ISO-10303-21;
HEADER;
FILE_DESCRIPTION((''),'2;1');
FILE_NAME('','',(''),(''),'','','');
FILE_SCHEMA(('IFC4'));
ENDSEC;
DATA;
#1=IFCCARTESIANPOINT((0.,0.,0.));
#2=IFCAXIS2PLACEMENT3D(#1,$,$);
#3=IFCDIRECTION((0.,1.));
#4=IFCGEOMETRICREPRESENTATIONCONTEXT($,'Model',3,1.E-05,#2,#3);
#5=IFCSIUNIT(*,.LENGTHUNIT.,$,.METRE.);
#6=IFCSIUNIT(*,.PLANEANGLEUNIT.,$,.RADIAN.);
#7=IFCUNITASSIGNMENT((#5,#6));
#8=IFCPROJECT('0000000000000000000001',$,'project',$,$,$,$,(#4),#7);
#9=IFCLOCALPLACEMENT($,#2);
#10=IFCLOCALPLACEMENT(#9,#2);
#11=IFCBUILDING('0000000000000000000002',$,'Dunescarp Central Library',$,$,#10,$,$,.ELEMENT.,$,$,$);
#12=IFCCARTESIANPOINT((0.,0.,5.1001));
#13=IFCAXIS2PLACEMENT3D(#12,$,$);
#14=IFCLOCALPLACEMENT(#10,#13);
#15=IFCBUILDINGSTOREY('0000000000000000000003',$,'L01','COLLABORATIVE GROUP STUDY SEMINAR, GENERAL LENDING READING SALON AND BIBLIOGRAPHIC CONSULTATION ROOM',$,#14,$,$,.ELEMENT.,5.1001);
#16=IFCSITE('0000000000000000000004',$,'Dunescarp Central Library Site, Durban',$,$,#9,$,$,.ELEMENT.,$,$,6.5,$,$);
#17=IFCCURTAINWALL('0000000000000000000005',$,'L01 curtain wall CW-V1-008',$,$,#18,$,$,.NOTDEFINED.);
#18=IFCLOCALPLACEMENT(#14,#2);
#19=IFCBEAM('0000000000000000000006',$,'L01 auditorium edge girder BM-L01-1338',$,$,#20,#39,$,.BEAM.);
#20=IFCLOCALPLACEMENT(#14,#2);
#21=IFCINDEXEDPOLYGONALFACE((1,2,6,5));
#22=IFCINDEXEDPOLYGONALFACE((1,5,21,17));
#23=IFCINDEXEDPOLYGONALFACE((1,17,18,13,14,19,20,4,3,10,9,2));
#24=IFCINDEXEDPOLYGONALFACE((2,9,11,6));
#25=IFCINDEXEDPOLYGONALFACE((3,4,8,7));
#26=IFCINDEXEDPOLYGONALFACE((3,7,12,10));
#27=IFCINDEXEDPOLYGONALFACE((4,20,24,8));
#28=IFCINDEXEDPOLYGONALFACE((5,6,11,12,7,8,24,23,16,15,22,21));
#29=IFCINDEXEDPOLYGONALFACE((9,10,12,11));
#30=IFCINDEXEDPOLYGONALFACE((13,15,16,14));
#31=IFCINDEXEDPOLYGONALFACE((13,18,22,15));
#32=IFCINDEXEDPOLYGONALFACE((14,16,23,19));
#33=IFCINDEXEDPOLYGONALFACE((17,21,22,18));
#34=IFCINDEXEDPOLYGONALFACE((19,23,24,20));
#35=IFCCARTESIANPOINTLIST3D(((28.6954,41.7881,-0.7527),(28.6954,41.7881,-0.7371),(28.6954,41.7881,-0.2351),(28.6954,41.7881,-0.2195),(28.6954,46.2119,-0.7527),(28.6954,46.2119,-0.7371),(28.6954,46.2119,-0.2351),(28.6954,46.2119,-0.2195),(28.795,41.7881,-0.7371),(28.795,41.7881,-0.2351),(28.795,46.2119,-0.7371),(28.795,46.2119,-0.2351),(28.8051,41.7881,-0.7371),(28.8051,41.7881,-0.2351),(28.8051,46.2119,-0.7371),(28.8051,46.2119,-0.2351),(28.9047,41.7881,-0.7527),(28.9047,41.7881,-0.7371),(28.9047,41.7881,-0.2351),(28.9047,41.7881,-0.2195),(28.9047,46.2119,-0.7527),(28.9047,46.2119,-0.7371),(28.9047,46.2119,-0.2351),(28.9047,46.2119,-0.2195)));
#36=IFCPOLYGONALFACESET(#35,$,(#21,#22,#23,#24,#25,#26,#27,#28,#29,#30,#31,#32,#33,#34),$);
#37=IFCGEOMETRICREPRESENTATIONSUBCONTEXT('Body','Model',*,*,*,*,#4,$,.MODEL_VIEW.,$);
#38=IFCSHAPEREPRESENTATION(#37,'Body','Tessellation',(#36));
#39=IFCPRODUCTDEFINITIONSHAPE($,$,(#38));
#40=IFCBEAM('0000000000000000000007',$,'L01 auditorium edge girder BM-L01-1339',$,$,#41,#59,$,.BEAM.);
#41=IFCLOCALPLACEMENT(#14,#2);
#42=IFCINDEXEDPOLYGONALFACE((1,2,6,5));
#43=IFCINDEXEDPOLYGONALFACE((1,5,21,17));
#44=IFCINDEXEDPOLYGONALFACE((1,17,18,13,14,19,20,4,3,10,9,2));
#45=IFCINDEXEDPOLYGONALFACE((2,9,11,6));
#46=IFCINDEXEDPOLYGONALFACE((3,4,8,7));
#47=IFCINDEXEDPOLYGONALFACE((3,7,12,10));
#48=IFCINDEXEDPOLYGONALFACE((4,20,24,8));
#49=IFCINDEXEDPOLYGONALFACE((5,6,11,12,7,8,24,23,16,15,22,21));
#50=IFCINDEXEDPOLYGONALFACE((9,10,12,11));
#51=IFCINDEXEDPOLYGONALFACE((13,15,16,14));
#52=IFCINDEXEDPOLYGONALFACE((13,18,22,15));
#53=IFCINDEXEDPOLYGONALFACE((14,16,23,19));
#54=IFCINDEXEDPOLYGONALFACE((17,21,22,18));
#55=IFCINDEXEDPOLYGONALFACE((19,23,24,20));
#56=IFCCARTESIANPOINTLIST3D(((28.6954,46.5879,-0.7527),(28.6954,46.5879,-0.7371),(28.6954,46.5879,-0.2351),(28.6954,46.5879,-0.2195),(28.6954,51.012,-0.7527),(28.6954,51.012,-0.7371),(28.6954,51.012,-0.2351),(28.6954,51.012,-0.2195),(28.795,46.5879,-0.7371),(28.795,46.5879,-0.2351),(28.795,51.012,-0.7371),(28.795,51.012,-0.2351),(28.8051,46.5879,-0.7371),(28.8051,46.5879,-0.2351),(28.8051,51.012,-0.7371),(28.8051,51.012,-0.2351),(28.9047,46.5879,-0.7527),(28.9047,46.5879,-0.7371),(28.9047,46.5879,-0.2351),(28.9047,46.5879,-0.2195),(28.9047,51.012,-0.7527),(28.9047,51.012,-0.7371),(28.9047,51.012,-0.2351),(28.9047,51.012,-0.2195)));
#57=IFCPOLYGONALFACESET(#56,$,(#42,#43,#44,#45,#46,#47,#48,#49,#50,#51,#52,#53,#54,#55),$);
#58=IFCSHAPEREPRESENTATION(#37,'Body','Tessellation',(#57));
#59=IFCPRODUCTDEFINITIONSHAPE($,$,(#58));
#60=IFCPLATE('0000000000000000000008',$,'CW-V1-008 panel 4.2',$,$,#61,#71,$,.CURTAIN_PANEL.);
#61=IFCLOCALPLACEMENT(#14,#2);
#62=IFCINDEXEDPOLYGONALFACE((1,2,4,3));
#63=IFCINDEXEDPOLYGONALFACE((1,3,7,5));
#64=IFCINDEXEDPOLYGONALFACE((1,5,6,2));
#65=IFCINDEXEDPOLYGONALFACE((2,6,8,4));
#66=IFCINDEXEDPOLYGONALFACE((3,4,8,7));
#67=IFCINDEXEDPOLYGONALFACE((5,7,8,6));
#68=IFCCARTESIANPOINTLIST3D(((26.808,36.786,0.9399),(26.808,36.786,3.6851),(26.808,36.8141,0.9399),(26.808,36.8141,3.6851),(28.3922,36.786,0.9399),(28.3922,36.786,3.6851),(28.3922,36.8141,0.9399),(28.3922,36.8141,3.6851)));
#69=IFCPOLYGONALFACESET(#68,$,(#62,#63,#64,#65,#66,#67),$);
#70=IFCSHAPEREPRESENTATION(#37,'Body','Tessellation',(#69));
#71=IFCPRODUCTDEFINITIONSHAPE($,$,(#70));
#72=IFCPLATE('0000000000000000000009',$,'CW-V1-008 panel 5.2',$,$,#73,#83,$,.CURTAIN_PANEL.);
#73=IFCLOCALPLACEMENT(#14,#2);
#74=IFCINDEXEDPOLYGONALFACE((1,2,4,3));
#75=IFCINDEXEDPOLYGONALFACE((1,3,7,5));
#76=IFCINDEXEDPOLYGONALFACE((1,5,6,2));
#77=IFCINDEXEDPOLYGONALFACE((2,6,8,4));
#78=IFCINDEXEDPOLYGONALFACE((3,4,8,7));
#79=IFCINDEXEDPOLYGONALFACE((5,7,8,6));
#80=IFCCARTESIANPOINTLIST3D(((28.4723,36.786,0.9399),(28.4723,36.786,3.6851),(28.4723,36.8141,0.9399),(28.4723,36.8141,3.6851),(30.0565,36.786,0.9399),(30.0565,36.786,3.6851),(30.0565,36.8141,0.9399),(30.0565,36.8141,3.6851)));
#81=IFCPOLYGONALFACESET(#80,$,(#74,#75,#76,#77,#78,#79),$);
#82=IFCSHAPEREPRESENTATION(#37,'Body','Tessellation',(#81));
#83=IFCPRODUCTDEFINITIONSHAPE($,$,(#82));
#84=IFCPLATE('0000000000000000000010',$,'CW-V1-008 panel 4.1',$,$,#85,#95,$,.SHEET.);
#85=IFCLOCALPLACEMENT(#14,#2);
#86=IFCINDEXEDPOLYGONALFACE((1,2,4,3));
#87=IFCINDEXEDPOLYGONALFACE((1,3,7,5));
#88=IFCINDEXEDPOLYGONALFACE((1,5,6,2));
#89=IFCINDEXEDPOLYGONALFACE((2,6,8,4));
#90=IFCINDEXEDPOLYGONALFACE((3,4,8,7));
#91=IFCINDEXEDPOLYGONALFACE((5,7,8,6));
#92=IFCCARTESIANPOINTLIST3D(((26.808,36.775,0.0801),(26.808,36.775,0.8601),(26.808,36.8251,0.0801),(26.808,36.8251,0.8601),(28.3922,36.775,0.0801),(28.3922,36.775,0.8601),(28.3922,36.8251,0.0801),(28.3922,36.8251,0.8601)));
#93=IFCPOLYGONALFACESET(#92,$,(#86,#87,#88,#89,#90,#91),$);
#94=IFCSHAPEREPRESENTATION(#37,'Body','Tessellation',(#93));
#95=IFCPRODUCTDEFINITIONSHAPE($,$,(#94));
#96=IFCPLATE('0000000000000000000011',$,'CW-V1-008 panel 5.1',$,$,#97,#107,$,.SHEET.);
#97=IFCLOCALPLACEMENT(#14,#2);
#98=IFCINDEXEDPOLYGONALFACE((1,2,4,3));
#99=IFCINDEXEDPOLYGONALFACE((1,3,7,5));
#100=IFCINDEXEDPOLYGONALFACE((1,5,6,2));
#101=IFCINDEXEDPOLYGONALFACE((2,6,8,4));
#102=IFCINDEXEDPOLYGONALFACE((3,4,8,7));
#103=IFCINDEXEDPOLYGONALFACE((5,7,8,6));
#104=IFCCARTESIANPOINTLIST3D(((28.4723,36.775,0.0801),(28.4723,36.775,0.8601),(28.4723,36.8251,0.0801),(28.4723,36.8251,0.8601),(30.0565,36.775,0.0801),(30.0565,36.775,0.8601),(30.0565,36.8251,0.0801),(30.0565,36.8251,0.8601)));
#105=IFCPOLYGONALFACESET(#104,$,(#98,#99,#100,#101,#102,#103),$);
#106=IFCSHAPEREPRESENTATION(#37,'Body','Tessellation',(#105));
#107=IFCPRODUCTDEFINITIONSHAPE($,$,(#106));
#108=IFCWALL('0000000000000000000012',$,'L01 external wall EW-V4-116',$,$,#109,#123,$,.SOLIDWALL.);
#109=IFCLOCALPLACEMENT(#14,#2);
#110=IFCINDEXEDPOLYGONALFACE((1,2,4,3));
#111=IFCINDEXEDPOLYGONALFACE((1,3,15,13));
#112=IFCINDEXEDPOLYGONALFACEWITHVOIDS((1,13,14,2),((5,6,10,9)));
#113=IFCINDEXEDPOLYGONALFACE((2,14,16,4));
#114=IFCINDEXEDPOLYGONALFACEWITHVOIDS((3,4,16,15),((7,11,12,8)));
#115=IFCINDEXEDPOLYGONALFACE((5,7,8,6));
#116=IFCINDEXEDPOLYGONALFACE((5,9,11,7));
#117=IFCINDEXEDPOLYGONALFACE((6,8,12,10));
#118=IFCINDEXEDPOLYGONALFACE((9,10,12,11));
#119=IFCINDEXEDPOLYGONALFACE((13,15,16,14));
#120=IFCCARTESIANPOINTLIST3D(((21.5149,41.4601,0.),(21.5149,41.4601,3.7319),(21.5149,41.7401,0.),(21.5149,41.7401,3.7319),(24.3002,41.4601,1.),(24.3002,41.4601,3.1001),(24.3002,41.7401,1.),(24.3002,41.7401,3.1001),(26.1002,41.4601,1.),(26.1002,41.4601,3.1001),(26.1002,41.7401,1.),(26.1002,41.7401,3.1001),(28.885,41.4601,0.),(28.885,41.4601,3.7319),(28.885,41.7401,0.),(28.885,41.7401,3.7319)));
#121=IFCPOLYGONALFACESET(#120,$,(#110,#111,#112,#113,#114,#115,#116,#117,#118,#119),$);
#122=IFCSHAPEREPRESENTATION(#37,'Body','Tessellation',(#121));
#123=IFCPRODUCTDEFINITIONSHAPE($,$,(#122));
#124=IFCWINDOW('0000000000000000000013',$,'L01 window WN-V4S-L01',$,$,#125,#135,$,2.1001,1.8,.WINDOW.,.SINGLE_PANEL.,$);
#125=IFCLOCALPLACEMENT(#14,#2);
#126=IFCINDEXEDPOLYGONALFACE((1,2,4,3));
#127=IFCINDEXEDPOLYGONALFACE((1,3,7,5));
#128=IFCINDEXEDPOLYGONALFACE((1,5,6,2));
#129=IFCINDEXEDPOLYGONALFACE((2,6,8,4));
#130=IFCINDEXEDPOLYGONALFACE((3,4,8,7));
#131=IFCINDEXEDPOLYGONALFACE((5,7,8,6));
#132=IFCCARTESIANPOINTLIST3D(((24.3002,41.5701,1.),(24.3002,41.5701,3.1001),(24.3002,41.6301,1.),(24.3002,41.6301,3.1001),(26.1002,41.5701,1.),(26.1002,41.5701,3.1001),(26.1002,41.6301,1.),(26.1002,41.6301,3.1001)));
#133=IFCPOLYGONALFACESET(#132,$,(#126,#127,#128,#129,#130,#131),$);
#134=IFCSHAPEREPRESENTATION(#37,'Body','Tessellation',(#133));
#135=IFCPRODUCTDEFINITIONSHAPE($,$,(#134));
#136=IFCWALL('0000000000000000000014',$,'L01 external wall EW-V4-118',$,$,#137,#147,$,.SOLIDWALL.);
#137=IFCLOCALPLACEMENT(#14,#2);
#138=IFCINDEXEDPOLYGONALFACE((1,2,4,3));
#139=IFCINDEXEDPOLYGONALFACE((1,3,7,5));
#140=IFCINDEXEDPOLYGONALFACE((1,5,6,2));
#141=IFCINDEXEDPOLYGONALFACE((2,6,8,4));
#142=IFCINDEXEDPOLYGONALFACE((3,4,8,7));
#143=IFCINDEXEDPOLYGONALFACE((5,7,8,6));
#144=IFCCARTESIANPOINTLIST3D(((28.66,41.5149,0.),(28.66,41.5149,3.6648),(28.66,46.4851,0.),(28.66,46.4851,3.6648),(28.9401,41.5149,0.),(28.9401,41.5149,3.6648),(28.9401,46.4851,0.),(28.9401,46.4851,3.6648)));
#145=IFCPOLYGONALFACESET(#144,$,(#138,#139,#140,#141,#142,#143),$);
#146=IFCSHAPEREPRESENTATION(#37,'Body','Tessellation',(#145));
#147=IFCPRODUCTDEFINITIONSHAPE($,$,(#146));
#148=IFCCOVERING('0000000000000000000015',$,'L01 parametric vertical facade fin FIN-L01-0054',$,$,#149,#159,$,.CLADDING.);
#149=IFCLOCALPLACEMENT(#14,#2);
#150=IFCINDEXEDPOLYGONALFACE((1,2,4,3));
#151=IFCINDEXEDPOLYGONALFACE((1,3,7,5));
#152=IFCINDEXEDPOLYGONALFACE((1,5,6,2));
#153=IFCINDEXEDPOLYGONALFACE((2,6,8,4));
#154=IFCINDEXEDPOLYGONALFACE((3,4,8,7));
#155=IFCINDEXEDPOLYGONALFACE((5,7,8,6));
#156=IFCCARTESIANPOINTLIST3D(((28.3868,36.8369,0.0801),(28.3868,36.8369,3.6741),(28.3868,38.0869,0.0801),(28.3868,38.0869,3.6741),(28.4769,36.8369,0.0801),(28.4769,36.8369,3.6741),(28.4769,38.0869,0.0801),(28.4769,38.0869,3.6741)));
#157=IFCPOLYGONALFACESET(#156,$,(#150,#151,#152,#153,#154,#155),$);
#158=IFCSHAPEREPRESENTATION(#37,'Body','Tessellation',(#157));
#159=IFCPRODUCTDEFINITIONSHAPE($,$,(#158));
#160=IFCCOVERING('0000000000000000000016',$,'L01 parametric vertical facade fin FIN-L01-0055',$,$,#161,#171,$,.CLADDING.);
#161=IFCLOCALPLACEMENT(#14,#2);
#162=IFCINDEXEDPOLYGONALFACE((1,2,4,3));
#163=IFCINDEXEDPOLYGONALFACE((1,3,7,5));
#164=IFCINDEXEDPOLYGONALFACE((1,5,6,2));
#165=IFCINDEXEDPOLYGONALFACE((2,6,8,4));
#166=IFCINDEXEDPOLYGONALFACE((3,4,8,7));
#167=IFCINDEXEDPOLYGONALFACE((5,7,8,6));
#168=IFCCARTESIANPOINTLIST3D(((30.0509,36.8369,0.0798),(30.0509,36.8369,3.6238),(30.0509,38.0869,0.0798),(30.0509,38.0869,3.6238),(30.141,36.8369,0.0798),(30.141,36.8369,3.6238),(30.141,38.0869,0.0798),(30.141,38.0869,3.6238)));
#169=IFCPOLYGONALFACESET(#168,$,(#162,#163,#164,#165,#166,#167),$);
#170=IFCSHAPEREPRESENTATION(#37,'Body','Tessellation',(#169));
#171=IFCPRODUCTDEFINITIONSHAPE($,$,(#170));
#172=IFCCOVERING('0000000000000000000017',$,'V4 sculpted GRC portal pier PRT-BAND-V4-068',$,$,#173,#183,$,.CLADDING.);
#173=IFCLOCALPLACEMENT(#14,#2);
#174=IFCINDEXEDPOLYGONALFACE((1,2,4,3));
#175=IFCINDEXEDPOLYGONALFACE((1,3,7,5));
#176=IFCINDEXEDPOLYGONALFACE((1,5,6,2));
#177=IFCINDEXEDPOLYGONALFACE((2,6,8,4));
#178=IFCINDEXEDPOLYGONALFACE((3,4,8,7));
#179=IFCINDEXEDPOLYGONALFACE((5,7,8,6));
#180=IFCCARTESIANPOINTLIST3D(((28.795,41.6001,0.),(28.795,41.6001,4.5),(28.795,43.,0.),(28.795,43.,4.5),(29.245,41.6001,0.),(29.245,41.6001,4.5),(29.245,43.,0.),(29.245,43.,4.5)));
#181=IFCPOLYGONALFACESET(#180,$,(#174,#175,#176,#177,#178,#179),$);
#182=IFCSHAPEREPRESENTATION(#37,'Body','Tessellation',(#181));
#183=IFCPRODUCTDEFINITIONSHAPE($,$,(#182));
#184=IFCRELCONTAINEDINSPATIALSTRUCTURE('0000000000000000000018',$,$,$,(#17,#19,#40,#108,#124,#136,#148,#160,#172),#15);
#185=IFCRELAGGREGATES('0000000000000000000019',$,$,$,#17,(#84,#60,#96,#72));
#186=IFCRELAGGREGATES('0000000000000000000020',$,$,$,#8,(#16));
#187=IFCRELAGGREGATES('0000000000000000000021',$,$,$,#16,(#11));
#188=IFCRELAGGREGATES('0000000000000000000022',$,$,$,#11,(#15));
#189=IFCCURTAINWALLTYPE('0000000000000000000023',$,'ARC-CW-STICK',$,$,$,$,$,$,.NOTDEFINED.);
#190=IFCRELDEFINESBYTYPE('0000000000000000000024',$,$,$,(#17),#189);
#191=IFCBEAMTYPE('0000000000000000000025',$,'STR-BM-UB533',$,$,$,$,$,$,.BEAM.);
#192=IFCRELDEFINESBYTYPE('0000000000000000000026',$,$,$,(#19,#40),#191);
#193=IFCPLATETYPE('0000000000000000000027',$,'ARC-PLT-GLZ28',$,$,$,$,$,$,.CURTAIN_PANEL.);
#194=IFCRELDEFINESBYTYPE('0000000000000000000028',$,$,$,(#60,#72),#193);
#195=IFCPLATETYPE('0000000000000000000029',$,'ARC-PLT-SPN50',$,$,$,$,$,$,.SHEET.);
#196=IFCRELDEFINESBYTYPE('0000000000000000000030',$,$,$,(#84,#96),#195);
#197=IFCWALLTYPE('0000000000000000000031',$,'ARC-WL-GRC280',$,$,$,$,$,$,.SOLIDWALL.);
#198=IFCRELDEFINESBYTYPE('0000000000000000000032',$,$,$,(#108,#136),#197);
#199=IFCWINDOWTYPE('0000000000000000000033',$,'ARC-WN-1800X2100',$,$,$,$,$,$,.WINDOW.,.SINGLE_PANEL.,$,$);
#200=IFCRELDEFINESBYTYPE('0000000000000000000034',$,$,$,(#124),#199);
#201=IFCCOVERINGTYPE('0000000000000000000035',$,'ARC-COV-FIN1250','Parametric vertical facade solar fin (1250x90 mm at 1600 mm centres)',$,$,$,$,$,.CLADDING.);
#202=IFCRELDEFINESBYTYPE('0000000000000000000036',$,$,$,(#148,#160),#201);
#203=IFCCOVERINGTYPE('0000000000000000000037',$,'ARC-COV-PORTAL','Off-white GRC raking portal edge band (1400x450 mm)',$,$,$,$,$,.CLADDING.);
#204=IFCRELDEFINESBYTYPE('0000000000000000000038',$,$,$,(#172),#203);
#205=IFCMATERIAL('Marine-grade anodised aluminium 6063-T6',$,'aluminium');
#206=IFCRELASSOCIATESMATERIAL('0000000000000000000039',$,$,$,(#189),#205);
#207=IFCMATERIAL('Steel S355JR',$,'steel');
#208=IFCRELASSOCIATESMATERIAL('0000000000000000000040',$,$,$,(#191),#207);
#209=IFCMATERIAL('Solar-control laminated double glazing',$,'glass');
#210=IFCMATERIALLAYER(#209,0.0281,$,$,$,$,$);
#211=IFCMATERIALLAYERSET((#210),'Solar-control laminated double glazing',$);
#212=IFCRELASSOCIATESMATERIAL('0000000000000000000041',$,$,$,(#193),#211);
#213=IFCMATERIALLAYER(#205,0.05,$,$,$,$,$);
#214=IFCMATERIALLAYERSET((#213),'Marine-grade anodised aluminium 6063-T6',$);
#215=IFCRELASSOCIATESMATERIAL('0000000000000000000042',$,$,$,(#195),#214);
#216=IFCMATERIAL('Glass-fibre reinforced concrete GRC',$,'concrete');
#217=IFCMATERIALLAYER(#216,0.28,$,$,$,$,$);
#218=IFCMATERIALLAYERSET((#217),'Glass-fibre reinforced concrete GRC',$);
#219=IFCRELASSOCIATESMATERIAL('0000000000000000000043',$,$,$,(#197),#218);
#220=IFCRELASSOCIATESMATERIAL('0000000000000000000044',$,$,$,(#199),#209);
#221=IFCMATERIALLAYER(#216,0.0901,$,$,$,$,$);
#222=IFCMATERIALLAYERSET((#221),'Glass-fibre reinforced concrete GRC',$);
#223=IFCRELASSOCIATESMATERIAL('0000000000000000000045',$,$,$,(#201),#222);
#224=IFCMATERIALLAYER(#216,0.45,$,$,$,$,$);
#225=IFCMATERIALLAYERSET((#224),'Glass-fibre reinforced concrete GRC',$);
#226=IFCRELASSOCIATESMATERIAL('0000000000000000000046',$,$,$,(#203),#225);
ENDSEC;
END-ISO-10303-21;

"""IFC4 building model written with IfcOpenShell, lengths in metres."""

from ifc_helpers import new_model, si_unit, direction, frame, frame_2d, origin, origin_2d, place, context, subcontext, project, spatial, rectangle, i_section, extrude, material, layer, layer_set, material_profile, profile_set, type_object, element, fill, aggregate, save


model = new_model("IFC4")

# Units and contexts
model_context = context("Model", 3, precision=1e-05, world=origin(), true_north=direction((0.0, 1.0)))
body_context = subcontext(model_context, "Body", "Model", "MODEL_VIEW")
ifc_project = project(units=[si_unit("LENGTHUNIT", "METRE"), si_unit("PLANEANGLEUNIT", "RADIAN")], contexts=[model_context])

# Site, building, storey
site_placement = place(None, origin())
site = spatial("IfcSite", under=ifc_project, at=site_placement, Name="Dunescarp Central Library Site, Durban", CompositionType="ELEMENT", RefElevation=6.5)
building_placement = place(site_placement, origin())
building = spatial("IfcBuilding", under=site, at=building_placement, Name="Dunescarp Central Library", CompositionType="ELEMENT")
storey_placement = place(building_placement, frame((0.0, 0.0, 5.1001)))
storey = spatial("IfcBuildingStorey", under=building, at=storey_placement, Name="L01", Description="COLLABORATIVE GROUP STUDY SEMINAR, GENERAL LENDING READING SALON AND BIBLIOGRAPHIC CONSULTATION ROOM", CompositionType="ELEMENT", Elevation=5.1001)

# Shared definitions
ifc_material_1 = material(Name="Steel S355JR", Category="steel")

# Curtain wall
ifc_material_2 = material(Name="Marine-grade anodised aluminium 6063-T6", Category="aluminium")
curtain_wall_type = type_object("IfcCurtainWallType", Name="ARC-CW-STICK", PredefinedType="NOTDEFINED", material=ifc_material_2)
curtain_wall_placement = place(storey_placement, origin())
curtain_wall = element("IfcCurtainWall", 1, at=curtain_wall_placement, inside=storey, type_object=curtain_wall_type, Name="L01 curtain wall CW-V1-008", PredefinedType="NOTDEFINED")

# Beams
ifc_material_profile_1 = material_profile(ifc_material_1, i_section(OverallWidth=0.2092, OverallDepth=0.5332, WebThickness=0.01, FlangeThickness=0.0156, at=origin_2d()), Name="UB 533x210x92")
ifc_profile_set_1 = profile_set([ifc_material_profile_1], Name="Steel S355JR")
beam_type = type_object("IfcBeamType", Name="STR-BM-UB533", PredefinedType="BEAM", material=ifc_profile_set_1)
beam_1_placement = place(storey_placement, frame((28.8, 41.7881, -0.4861), z_axis=(0.0, 1.0, 0.0), x_axis=(-1.0, 0.0, 0.0)))
element("IfcBeam", 2, at=beam_1_placement, inside=storey, type_object=beam_type, Name="L01 auditorium edge girder BM-L01-1338", PredefinedType="BEAM", context=body_context, shape_type="SweptSolid", body=[
    extrude(i_section(OverallWidth=0.2092, OverallDepth=0.5332, WebThickness=0.01, FlangeThickness=0.0156, at=origin_2d()), origin(), (0.0, 0.0, 1.0), 4.4238),
])
beam_2_placement = place(storey_placement, frame((28.8, 46.5879, -0.4861), z_axis=(0.0, 1.0, 0.0), x_axis=(-1.0, 0.0, 0.0)))
element("IfcBeam", 3, at=beam_2_placement, inside=storey, type_object=beam_type, Name="L01 auditorium edge girder BM-L01-1339", PredefinedType="BEAM", context=body_context, shape_type="SweptSolid", body=[
    extrude(i_section(OverallWidth=0.2092, OverallDepth=0.5332, WebThickness=0.01, FlangeThickness=0.0156, at=origin_2d()), origin(), (0.0, 0.0, 1.0), 4.4241),
])

# Plates
ifc_material_3 = material(Name="Solar-control laminated double glazing", Category="glass")
ifc_layer_1 = layer(ifc_material_3, 0.0281)
ifc_layer_set_1 = layer_set([ifc_layer_1], Name="Solar-control laminated double glazing")
plate_type_1 = type_object("IfcPlateType", Name="ARC-PLT-GLZ28", PredefinedType="CURTAIN_PANEL", material=ifc_layer_set_1)
plate_1_placement = place(storey_placement, frame((27.6001, 36.8, 0.9399), z_axis=(0.0, 0.0, 1.0), x_axis=(1.0, 0.0, 0.0)))
plate_1 = element("IfcPlate", 4, at=plate_1_placement, type_object=plate_type_1, Name="CW-V1-008 panel 4.2", PredefinedType="CURTAIN_PANEL", context=body_context, shape_type="SweptSolid", body=[
    extrude(rectangle(XDim=1.5842, YDim=0.0281, at=origin_2d()), origin(), (0.0, 0.0, 1.0), 2.7451),
])
plate_2_placement = place(storey_placement, frame((29.2644, 36.8, 0.9399), z_axis=(0.0, 0.0, 1.0), x_axis=(1.0, 0.0, 0.0)))
plate_2 = element("IfcPlate", 5, at=plate_2_placement, type_object=plate_type_1, Name="CW-V1-008 panel 5.2", PredefinedType="CURTAIN_PANEL", context=body_context, shape_type="SweptSolid", body=[
    extrude(rectangle(XDim=1.5842, YDim=0.0281, at=origin_2d()), origin(), (0.0, 0.0, 1.0), 2.7451),
])
ifc_layer_2 = layer(ifc_material_2, 0.05)
ifc_layer_set_2 = layer_set([ifc_layer_2], Name="Marine-grade anodised aluminium 6063-T6")
plate_type_2 = type_object("IfcPlateType", Name="ARC-PLT-SPN50", PredefinedType="SHEET", material=ifc_layer_set_2)
plate_3_placement = place(storey_placement, frame((27.6001, 36.8, 0.0801), z_axis=(0.0, 0.0, 1.0), x_axis=(1.0, 0.0, 0.0)))
plate_3 = element("IfcPlate", 6, at=plate_3_placement, type_object=plate_type_2, Name="CW-V1-008 panel 4.1", PredefinedType="SHEET", context=body_context, shape_type="SweptSolid", body=[
    extrude(rectangle(XDim=1.5842, YDim=0.05, at=origin_2d()), origin(), (0.0, 0.0, 1.0), 0.78),
])
plate_4_placement = place(storey_placement, frame((29.2644, 36.8, 0.0801), z_axis=(0.0, 0.0, 1.0), x_axis=(1.0, 0.0, 0.0)))
plate_4 = element("IfcPlate", 7, at=plate_4_placement, type_object=plate_type_2, Name="CW-V1-008 panel 5.1", PredefinedType="SHEET", context=body_context, shape_type="SweptSolid", body=[
    extrude(rectangle(XDim=1.5842, YDim=0.05, at=origin_2d()), origin(), (0.0, 0.0, 1.0), 0.78),
])
aggregate(curtain_wall, [plate_3, plate_1, plate_4, plate_2])

# Wall, opening, window
ifc_material_4 = material(Name="Glass-fibre reinforced concrete GRC", Category="concrete")
ifc_layer_3 = layer(ifc_material_4, 0.28)
ifc_layer_set_3 = layer_set([ifc_layer_3], Name="Glass-fibre reinforced concrete GRC")
wall_type = type_object("IfcWallType", Name="ARC-WL-GRC280", PredefinedType="SOLIDWALL", material=ifc_layer_set_3)
wall_1_placement = place(storey_placement, frame((28.885, 41.6001, 0.0), z_axis=(0.0, 0.0, 1.0), x_axis=(-1.0, 0.0, 0.0)))
wall_1 = element("IfcWall", 8, at=wall_1_placement, inside=storey, type_object=wall_type, Name="L01 external wall EW-V4-116", PredefinedType="SOLIDWALL", context=body_context, shape_type="SweptSolid", body=[
    extrude(rectangle(XDim=7.3701, YDim=0.28, at=frame_2d((3.6851, 0.0))), origin(), (0.0, 0.0, 1.0), 3.7319),
])
opening_placement = place(wall_1_placement, frame((2.7849, 0.0, 1.0)))
opening = element("IfcOpeningElement", 9, at=opening_placement, cuts=wall_1, PredefinedType="OPENING", context=body_context, shape_type="SweptSolid", body=[
    extrude(rectangle(XDim=1.8, YDim=2.1001, at=frame_2d((0.8999, 1.05))), frame((0.0, 0.1499, 0.0), z_axis=(0.0, -1.0, 0.0), x_axis=(1.0, 0.0, 0.0)), (0.0, 0.0, 1.0), 0.3),
])
window_type = type_object("IfcWindowType", Name="ARC-WN-1800X2100", PartitioningType="SINGLE_PANEL", PredefinedType="WINDOW", material=ifc_material_3)
window_placement = place(opening_placement, origin())
window = element("IfcWindow", 10, at=window_placement, inside=storey, type_object=window_type, Name="L01 window WN-V4S-L01", OverallHeight=2.1001, OverallWidth=1.8, PartitioningType="SINGLE_PANEL", PredefinedType="WINDOW", context=body_context, shape_type="SweptSolid", body=[
    extrude(rectangle(XDim=1.8, YDim=2.1001, at=frame_2d((0.8999, 1.05))), frame((0.0, 0.03, 0.0), z_axis=(0.0, -1.0, 0.0), x_axis=(1.0, 0.0, 0.0)), (0.0, 0.0, 1.0), 0.0601),
])
fill(opening, window)

# Wall
wall_2_placement = place(storey_placement, frame((28.8, 46.4851, 0.0), z_axis=(0.0, 0.0, 1.0), x_axis=(0.0, -1.0, 0.0)))
element("IfcWall", 11, at=wall_2_placement, inside=storey, type_object=wall_type, Name="L01 external wall EW-V4-118", PredefinedType="SOLIDWALL", context=body_context, shape_type="SweptSolid", body=[
    extrude(rectangle(XDim=4.9702, YDim=0.28, at=frame_2d((2.4851, 0.0))), origin(), (0.0, 0.0, 1.0), 3.6648),
])

# Coverings
ifc_layer_4 = layer(ifc_material_4, 0.0901)
ifc_layer_set_4 = layer_set([ifc_layer_4], Name="Glass-fibre reinforced concrete GRC")
covering_type_1 = type_object("IfcCoveringType", Name="ARC-COV-FIN1250", Description="Parametric vertical facade solar fin (1250x90 mm at 1600 mm centres)", PredefinedType="CLADDING", material=ifc_layer_set_4)
covering_1_placement = place(storey_placement, frame((28.4319, 37.4619, 0.0801), z_axis=(0.0, 0.0, 1.0), x_axis=(0.0, 1.0, 0.0)))
element("IfcCovering", 12, at=covering_1_placement, inside=storey, type_object=covering_type_1, Name="L01 parametric vertical facade fin FIN-L01-0054", PredefinedType="CLADDING", context=body_context, shape_type="SweptSolid", body=[
    extrude(rectangle(XDim=1.25, YDim=0.0901, at=origin_2d()), origin(), (0.0, 0.0, 1.0), 3.594),
])
covering_2_placement = place(storey_placement, frame((30.0959, 37.4619, 0.0798), z_axis=(0.0, 0.0, 1.0), x_axis=(0.0, 1.0, 0.0)))
element("IfcCovering", 13, at=covering_2_placement, inside=storey, type_object=covering_type_1, Name="L01 parametric vertical facade fin FIN-L01-0055", PredefinedType="CLADDING", context=body_context, shape_type="SweptSolid", body=[
    extrude(rectangle(XDim=1.25, YDim=0.0901, at=origin_2d()), origin(), (0.0, 0.0, 1.0), 3.5439),
])
ifc_layer_5 = layer(ifc_material_4, 0.45)
ifc_layer_set_5 = layer_set([ifc_layer_5], Name="Glass-fibre reinforced concrete GRC")
covering_type_2 = type_object("IfcCoveringType", Name="ARC-COV-PORTAL", Description="Off-white GRC raking portal edge band (1400x450 mm)", PredefinedType="CLADDING", material=ifc_layer_set_5)
covering_3_placement = place(storey_placement, frame((29.02, 42.3, 0.0), z_axis=(0.0, 0.0, 1.0), x_axis=(1.0, 0.0, 0.0)))
element("IfcCovering", 14, at=covering_3_placement, inside=storey, type_object=covering_type_2, Name="V4 sculpted GRC portal pier PRT-BAND-V4-068", PredefinedType="CLADDING", context=body_context, shape_type="SweptSolid", body=[
    extrude(rectangle(XDim=0.45, YDim=1.3999, at=origin_2d()), origin(), (0.0, 0.0, 1.0), 4.5),
])

save(model, "model.ifc")
